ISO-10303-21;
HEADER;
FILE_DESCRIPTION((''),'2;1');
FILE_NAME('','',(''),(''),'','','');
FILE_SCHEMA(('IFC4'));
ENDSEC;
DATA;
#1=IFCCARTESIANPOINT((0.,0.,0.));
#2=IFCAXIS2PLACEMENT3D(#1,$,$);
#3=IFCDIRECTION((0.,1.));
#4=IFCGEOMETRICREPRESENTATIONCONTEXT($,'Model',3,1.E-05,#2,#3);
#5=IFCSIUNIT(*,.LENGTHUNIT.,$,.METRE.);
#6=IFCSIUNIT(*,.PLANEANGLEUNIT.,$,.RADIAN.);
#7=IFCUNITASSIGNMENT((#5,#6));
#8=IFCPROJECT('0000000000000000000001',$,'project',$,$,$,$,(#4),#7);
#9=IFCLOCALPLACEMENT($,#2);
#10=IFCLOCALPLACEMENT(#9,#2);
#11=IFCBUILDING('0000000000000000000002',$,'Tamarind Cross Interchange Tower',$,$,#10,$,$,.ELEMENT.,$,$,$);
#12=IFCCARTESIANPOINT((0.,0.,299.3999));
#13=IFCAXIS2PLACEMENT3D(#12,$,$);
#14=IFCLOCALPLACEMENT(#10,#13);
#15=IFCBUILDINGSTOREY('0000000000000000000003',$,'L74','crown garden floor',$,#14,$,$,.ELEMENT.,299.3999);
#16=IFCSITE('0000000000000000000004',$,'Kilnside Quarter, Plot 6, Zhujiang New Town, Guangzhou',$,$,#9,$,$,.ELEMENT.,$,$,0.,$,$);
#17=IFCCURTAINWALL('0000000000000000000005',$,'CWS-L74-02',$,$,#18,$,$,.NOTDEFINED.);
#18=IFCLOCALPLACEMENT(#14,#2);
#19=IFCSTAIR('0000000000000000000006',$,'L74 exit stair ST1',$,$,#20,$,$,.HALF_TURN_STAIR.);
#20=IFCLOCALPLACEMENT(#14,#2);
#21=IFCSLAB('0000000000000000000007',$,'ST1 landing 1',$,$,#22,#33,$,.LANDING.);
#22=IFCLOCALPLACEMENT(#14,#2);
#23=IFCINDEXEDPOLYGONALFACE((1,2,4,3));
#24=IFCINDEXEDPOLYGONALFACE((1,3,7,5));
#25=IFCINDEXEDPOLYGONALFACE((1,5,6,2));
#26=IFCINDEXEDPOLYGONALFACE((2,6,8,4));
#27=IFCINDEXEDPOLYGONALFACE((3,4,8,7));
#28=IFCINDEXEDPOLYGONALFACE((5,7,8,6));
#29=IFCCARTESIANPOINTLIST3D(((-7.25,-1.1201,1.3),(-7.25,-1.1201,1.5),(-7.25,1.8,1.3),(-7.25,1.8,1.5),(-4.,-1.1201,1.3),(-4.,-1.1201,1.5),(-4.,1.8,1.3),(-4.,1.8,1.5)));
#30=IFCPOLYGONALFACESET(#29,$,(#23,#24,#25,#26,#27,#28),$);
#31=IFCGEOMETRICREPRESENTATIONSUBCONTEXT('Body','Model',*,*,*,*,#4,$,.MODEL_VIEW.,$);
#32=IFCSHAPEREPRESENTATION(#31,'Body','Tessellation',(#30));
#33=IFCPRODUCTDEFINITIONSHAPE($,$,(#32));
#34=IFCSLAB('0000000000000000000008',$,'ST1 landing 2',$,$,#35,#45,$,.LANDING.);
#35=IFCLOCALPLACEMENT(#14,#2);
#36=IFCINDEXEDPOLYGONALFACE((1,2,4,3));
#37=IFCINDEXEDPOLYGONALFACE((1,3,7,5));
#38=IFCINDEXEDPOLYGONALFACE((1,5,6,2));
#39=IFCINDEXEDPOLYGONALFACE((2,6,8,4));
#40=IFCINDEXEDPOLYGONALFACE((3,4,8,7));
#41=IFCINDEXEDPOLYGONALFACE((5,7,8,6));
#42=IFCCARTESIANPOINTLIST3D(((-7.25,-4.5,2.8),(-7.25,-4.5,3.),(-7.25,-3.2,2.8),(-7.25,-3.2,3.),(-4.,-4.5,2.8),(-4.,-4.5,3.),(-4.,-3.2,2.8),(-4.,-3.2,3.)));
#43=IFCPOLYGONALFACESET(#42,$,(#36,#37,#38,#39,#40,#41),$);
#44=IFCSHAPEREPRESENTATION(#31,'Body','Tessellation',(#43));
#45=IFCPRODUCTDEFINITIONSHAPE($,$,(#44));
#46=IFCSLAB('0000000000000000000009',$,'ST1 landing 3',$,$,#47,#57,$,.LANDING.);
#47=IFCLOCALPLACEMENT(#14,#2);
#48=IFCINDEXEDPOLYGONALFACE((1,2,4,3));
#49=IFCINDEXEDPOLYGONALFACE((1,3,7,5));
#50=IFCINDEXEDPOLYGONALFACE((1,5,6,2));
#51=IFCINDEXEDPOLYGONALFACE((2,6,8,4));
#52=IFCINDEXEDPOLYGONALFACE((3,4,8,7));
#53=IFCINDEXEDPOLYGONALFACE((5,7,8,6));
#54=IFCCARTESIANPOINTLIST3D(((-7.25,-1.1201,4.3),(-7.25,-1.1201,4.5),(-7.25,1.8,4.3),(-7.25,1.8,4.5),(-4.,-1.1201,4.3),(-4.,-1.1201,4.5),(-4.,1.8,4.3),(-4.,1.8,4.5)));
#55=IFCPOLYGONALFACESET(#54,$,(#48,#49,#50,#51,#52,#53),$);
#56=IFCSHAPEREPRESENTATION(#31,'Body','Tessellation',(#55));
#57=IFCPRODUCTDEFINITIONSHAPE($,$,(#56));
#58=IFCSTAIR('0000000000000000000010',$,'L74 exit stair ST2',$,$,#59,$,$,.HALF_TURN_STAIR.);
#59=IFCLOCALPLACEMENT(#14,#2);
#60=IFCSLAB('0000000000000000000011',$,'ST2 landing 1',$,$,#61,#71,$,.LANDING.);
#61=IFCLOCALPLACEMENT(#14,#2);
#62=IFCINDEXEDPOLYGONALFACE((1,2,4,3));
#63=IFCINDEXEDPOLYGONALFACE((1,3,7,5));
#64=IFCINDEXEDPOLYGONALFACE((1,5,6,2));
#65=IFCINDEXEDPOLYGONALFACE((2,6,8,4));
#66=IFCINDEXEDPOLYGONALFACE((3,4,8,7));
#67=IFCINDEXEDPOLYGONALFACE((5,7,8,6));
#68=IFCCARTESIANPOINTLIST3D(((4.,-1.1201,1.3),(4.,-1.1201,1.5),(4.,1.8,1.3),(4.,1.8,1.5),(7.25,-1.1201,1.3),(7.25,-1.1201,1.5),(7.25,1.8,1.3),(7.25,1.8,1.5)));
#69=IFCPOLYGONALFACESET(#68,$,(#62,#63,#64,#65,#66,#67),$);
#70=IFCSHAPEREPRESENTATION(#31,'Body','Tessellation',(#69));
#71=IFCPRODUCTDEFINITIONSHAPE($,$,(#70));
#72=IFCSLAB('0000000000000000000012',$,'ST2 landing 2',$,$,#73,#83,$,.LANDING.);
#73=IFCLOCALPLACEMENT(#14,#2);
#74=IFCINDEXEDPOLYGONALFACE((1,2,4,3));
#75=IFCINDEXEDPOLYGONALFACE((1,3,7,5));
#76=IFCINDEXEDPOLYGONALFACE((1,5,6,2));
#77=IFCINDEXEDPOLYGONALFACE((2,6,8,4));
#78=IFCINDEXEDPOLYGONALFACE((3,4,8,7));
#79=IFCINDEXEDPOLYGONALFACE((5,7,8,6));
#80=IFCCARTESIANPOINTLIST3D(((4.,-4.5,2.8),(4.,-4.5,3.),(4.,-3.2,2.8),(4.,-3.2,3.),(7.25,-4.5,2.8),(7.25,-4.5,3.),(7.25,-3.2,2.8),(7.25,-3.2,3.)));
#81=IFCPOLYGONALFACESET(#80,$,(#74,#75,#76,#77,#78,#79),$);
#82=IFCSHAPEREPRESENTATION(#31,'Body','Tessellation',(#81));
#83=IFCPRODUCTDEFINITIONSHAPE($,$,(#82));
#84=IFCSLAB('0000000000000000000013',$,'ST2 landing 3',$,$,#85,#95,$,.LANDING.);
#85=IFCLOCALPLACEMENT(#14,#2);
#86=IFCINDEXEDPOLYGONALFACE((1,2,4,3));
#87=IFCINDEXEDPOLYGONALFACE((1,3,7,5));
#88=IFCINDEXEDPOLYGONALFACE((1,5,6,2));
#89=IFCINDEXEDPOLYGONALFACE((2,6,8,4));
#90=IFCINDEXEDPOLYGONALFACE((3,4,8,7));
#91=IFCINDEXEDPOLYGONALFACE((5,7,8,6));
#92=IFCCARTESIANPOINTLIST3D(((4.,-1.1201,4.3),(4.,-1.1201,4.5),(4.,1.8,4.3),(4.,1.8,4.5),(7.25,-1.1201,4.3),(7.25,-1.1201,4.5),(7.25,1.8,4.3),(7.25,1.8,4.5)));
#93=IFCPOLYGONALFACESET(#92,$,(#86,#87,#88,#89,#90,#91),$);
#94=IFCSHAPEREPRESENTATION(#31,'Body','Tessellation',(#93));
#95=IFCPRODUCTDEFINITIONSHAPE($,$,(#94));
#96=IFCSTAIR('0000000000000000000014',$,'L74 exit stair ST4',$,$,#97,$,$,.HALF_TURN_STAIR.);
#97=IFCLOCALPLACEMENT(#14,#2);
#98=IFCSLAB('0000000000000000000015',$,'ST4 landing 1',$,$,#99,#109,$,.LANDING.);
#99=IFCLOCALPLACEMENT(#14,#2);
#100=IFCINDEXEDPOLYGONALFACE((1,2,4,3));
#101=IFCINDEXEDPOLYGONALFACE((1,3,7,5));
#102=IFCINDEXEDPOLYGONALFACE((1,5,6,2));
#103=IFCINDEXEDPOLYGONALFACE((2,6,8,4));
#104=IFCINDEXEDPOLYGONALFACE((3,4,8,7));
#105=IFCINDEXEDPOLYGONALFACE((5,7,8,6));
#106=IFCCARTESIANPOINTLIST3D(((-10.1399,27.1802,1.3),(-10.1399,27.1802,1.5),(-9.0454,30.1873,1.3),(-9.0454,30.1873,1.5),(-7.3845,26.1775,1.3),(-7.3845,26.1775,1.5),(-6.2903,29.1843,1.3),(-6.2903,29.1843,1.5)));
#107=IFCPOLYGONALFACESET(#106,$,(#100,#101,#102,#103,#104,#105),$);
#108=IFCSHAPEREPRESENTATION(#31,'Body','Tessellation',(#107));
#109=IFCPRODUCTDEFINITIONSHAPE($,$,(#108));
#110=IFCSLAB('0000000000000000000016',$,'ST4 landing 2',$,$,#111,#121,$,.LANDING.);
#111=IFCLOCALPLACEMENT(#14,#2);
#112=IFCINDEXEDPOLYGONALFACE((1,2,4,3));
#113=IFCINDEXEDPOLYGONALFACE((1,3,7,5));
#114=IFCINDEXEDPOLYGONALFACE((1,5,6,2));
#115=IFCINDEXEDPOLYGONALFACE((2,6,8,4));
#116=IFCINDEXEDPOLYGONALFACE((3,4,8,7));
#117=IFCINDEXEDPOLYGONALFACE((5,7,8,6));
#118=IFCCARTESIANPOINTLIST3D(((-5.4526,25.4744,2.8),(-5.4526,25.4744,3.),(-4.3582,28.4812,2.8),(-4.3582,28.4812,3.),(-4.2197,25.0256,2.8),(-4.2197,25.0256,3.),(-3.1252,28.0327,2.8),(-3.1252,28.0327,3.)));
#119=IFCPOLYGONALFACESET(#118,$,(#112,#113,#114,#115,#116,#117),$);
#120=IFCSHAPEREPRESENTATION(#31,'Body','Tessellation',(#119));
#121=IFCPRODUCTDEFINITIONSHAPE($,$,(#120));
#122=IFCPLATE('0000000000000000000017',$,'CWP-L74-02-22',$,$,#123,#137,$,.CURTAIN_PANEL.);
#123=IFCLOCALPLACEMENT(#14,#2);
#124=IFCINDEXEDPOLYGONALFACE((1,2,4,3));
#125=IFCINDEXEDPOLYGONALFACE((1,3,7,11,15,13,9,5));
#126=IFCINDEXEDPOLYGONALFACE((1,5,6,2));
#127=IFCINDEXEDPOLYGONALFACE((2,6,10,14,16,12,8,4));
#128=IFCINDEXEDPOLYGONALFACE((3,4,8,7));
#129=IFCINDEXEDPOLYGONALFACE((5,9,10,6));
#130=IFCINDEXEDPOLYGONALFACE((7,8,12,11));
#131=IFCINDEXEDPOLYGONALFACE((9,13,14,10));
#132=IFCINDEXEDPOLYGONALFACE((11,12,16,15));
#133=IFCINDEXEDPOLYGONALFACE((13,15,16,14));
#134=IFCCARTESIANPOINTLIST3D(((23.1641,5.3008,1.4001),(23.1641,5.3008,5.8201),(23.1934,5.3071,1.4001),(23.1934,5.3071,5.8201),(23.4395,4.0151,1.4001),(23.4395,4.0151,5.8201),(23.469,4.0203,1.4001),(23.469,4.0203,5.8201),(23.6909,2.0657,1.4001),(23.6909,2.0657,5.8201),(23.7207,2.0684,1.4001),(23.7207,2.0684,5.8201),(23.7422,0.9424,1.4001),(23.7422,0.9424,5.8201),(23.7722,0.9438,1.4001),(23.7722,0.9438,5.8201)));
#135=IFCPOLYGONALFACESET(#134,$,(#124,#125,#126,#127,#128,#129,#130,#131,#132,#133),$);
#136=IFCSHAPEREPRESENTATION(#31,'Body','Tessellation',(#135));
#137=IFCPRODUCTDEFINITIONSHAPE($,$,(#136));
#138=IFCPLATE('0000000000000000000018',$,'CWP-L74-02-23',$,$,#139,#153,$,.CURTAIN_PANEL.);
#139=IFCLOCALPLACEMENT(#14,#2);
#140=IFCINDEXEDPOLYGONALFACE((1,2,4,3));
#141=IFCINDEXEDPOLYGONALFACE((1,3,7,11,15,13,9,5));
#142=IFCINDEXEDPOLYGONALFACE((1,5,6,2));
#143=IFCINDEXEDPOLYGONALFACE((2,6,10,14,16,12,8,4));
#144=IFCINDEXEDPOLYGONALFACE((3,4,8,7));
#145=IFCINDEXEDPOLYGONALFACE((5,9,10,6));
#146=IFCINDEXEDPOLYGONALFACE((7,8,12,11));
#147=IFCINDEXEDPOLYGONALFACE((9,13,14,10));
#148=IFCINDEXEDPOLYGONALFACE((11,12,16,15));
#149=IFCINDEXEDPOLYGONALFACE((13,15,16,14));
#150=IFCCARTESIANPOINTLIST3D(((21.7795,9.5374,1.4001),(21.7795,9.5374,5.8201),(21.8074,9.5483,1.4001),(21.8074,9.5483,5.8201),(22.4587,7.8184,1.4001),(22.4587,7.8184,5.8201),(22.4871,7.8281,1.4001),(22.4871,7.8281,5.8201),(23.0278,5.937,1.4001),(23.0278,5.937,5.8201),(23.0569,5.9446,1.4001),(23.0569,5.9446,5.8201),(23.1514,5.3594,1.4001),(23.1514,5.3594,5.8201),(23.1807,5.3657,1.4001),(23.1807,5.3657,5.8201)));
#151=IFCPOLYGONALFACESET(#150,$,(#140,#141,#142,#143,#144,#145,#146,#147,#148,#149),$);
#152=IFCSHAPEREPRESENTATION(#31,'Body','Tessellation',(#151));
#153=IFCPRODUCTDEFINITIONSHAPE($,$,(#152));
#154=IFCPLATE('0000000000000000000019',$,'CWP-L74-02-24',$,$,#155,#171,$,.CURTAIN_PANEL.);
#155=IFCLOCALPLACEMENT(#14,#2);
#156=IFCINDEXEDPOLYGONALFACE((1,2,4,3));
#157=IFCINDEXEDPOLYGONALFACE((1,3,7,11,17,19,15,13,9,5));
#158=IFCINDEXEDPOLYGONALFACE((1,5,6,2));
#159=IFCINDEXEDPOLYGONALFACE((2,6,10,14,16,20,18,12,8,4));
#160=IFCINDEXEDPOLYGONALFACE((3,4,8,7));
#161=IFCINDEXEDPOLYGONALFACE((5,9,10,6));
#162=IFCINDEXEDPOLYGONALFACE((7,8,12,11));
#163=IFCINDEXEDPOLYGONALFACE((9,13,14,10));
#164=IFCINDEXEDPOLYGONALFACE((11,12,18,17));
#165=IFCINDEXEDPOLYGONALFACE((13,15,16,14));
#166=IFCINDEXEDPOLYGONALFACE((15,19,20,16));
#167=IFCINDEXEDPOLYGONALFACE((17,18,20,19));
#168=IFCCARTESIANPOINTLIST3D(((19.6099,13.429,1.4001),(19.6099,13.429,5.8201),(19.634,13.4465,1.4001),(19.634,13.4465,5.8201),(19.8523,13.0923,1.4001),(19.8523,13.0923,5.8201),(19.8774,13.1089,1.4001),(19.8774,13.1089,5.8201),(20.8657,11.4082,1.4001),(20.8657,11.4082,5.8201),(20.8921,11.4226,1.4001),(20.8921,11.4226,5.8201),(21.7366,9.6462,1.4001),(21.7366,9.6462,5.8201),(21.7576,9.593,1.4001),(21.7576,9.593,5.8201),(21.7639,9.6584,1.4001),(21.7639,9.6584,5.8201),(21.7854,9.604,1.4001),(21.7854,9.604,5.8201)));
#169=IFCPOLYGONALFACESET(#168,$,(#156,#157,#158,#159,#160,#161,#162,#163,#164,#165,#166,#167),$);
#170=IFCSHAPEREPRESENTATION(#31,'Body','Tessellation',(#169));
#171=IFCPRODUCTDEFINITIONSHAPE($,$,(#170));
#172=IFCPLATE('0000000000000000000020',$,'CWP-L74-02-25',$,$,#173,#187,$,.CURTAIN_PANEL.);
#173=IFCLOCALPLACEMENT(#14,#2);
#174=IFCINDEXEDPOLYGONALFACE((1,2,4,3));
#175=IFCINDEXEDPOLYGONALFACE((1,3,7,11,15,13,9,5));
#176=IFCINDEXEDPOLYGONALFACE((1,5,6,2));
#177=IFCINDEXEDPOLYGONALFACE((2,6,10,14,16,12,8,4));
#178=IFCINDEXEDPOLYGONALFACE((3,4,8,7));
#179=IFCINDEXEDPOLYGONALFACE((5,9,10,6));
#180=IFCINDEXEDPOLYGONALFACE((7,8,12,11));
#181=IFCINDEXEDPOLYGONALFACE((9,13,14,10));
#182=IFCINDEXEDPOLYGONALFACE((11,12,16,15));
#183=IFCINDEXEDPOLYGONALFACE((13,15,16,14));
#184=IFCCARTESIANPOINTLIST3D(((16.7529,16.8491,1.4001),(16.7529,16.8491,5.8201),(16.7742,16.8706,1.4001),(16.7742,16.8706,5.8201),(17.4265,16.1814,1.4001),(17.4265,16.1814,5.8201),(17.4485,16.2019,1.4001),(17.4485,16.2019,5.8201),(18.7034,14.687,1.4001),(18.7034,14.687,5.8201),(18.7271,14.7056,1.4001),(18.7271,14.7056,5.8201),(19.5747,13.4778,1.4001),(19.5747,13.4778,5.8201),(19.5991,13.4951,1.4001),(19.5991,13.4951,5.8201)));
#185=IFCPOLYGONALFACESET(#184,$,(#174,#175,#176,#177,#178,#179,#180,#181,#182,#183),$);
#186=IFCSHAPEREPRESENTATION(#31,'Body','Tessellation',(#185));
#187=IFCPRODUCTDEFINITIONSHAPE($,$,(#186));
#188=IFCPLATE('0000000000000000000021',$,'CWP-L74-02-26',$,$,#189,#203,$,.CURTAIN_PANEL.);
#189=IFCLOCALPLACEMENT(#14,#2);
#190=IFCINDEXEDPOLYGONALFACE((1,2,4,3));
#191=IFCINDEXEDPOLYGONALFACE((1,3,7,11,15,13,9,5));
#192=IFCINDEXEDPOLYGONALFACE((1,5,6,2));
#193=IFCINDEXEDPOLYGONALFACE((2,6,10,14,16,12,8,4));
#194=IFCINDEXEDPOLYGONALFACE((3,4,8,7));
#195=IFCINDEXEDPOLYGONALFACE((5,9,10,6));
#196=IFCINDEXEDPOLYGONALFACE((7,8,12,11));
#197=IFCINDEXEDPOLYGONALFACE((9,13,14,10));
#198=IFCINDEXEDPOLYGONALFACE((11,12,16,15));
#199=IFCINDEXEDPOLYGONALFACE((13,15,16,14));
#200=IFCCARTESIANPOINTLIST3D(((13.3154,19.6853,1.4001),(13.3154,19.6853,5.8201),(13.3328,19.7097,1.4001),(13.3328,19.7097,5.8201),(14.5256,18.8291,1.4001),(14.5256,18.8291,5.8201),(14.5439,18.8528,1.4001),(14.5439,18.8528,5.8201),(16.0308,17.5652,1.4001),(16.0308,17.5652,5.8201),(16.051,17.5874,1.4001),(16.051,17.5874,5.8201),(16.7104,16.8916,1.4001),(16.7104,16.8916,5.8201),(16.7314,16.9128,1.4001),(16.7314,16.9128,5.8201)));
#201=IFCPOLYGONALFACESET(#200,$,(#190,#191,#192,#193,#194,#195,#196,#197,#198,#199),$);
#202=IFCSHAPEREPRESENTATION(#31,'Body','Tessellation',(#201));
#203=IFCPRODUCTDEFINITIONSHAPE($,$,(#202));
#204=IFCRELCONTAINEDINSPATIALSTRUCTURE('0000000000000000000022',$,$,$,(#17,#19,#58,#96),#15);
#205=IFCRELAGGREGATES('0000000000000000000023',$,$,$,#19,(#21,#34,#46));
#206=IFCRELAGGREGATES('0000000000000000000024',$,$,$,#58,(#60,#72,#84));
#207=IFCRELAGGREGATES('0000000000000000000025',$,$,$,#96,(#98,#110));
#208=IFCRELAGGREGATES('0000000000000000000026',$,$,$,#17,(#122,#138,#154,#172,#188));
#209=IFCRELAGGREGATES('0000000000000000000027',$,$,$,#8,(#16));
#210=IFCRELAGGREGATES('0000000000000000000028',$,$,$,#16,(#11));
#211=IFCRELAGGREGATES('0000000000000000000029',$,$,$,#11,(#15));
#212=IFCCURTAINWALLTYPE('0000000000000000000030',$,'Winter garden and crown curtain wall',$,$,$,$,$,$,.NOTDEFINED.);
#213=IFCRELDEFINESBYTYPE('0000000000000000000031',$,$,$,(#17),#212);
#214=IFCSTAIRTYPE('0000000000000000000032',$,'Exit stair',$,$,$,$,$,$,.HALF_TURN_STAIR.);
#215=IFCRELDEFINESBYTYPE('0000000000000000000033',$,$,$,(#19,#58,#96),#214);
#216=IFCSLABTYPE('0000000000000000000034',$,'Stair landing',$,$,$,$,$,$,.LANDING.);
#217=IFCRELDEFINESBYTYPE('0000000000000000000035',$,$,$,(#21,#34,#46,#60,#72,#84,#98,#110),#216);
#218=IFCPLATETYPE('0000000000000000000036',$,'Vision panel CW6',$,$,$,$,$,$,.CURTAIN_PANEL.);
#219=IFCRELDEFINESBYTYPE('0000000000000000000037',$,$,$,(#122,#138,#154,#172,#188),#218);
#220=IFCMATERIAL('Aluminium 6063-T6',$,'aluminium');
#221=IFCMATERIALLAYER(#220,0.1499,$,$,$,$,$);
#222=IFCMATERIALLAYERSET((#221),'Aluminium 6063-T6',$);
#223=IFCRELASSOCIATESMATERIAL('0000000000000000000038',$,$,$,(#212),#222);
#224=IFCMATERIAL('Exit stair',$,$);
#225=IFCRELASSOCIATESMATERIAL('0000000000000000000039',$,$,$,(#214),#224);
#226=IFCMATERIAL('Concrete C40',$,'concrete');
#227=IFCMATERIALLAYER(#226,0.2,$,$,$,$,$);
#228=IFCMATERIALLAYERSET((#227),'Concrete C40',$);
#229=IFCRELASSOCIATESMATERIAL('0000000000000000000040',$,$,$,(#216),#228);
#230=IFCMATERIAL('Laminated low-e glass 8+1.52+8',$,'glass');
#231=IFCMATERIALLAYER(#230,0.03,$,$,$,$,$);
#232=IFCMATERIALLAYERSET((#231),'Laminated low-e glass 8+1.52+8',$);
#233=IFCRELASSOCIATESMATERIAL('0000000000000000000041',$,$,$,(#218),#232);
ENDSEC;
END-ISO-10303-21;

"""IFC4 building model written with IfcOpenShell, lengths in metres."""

from ifc_helpers import new_model, si_unit, direction, frame, origin, place, context, subcontext, project, spatial, polyline, outline, extrude, material, layer, layer_set, type_object, element, aggregate, save


model = new_model("IFC4")

# Units and contexts
model_context = context("Model", 3, precision=1e-05, world=origin(), true_north=direction((0.0, 1.0)))
body_context = subcontext(model_context, "Body", "Model", "MODEL_VIEW")
ifc_project = project(units=[si_unit("LENGTHUNIT", "METRE"), si_unit("PLANEANGLEUNIT", "RADIAN")], contexts=[model_context])

# Site, building, storey
site_placement = place(None, origin())
site = spatial("IfcSite", under=ifc_project, at=site_placement, Name="Kilnside Quarter, Plot 6, Zhujiang New Town, Guangzhou", CompositionType="ELEMENT", RefElevation=0.0)
building_placement = place(site_placement, origin())
building = spatial("IfcBuilding", under=site, at=building_placement, Name="Tamarind Cross Interchange Tower", CompositionType="ELEMENT")
storey_placement = place(building_placement, frame((0.0, 0.0, 299.3999)))
storey = spatial("IfcBuildingStorey", under=building, at=storey_placement, Name="L74", Description="crown garden floor", CompositionType="ELEMENT", Elevation=299.3999)

# Curtain wall
ifc_material_1 = material(Name="Aluminium 6063-T6", Category="aluminium")
ifc_layer_1 = layer(ifc_material_1, 0.1499)
ifc_layer_set_1 = layer_set([ifc_layer_1], Name="Aluminium 6063-T6")
curtain_wall_type = type_object("IfcCurtainWallType", Name="Winter garden and crown curtain wall", PredefinedType="NOTDEFINED", material=ifc_layer_set_1)
curtain_wall_placement = place(storey_placement, origin())
curtain_wall = element("IfcCurtainWall", 1, at=curtain_wall_placement, inside=storey, type_object=curtain_wall_type, Name="CWS-L74-02", PredefinedType="NOTDEFINED")

# Stairs, slabs
ifc_material_2 = material(Name="Exit stair")
stair_type = type_object("IfcStairType", Name="Exit stair", PredefinedType="HALF_TURN_STAIR", material=ifc_material_2)
stair_1_placement = place(storey_placement, origin())
stair_1 = element("IfcStair", 2, at=stair_1_placement, inside=storey, type_object=stair_type, Name="L74 exit stair ST1", PredefinedType="HALF_TURN_STAIR")
ifc_material_3 = material(Name="Concrete C40", Category="concrete")
ifc_layer_2 = layer(ifc_material_3, 0.2)
ifc_layer_set_2 = layer_set([ifc_layer_2], Name="Concrete C40")
slab_type = type_object("IfcSlabType", Name="Stair landing", PredefinedType="LANDING", material=ifc_layer_set_2)
slab_1_placement = place(storey_placement, frame((0.0, 0.0, 1.3)))
slab_1 = element("IfcSlab", 3, at=slab_1_placement, type_object=slab_type, Name="ST1 landing 1", PredefinedType="LANDING", context=body_context, shape_type="SweptSolid", body=[
    extrude(outline(polyline([(-4.0, -1.1201), (-4.0, 1.8), (-7.25, 1.8), (-7.25, -1.1201), (-4.0, -1.1201)])), origin(), (0.0, 0.0, 1.0), 0.2),
])
slab_2_placement = place(storey_placement, frame((0.0, 0.0, 2.8)))
slab_2 = element("IfcSlab", 4, at=slab_2_placement, type_object=slab_type, Name="ST1 landing 2", PredefinedType="LANDING", context=body_context, shape_type="SweptSolid", body=[
    extrude(outline(polyline([(-4.0, -4.5), (-4.0, -3.2), (-7.25, -3.2), (-7.25, -4.5), (-4.0, -4.5)])), origin(), (0.0, 0.0, 1.0), 0.2),
])
slab_3_placement = place(storey_placement, frame((0.0, 0.0, 4.3)))
slab_3 = element("IfcSlab", 5, at=slab_3_placement, type_object=slab_type, Name="ST1 landing 3", PredefinedType="LANDING", context=body_context, shape_type="SweptSolid", body=[
    extrude(outline(polyline([(-4.0, -1.1201), (-4.0, 1.8), (-7.25, 1.8), (-7.25, -1.1201), (-4.0, -1.1201)])), origin(), (0.0, 0.0, 1.0), 0.2),
])
aggregate(stair_1, [slab_1, slab_2, slab_3])
stair_2_placement = place(storey_placement, origin())
stair_2 = element("IfcStair", 6, at=stair_2_placement, inside=storey, type_object=stair_type, Name="L74 exit stair ST2", PredefinedType="HALF_TURN_STAIR")
slab_4_placement = place(storey_placement, frame((0.0, 0.0, 1.3)))
slab_4 = element("IfcSlab", 7, at=slab_4_placement, type_object=slab_type, Name="ST2 landing 1", PredefinedType="LANDING", context=body_context, shape_type="SweptSolid", body=[
    extrude(outline(polyline([(7.25, -1.1201), (7.25, 1.8), (4.0, 1.8), (4.0, -1.1201), (7.25, -1.1201)])), origin(), (0.0, 0.0, 1.0), 0.2),
])
slab_5_placement = place(storey_placement, frame((0.0, 0.0, 2.8)))
slab_5 = element("IfcSlab", 8, at=slab_5_placement, type_object=slab_type, Name="ST2 landing 2", PredefinedType="LANDING", context=body_context, shape_type="SweptSolid", body=[
    extrude(outline(polyline([(7.25, -4.5), (7.25, -3.2), (4.0, -3.2), (4.0, -4.5), (7.25, -4.5)])), origin(), (0.0, 0.0, 1.0), 0.2),
])
slab_6_placement = place(storey_placement, frame((0.0, 0.0, 4.3)))
slab_6 = element("IfcSlab", 9, at=slab_6_placement, type_object=slab_type, Name="ST2 landing 3", PredefinedType="LANDING", context=body_context, shape_type="SweptSolid", body=[
    extrude(outline(polyline([(7.25, -1.1201), (7.25, 1.8), (4.0, 1.8), (4.0, -1.1201), (7.25, -1.1201)])), origin(), (0.0, 0.0, 1.0), 0.2),
])
aggregate(stair_2, [slab_4, slab_5, slab_6])
stair_3_placement = place(storey_placement, origin())
stair_3 = element("IfcStair", 10, at=stair_3_placement, inside=storey, type_object=stair_type, Name="L74 exit stair ST4", PredefinedType="HALF_TURN_STAIR")
slab_7_placement = place(storey_placement, frame((0.0, 0.0, 1.3)))
slab_7 = element("IfcSlab", 11, at=slab_7_placement, type_object=slab_type, Name="ST4 landing 1", PredefinedType="LANDING", context=body_context, shape_type="SweptSolid", body=[
    extrude(outline(polyline([(-6.2903, 29.1843), (-9.0454, 30.1873), (-10.1399, 27.1802), (-7.3845, 26.1775), (-6.2903, 29.1843)])), origin(), (0.0, 0.0, 1.0), 0.2),
])
slab_8_placement = place(storey_placement, frame((0.0, 0.0, 2.8)))
slab_8 = element("IfcSlab", 12, at=slab_8_placement, type_object=slab_type, Name="ST4 landing 2", PredefinedType="LANDING", context=body_context, shape_type="SweptSolid", body=[
    extrude(outline(polyline([(-3.1252, 28.0327), (-4.3582, 28.4812), (-5.4526, 25.4744), (-4.2197, 25.0256), (-3.1252, 28.0327)])), origin(), (0.0, 0.0, 1.0), 0.2),
])
aggregate(stair_3, [slab_7, slab_8])

# Plates
ifc_material_4 = material(Name="Laminated low-e glass 8+1.52+8", Category="glass")
ifc_layer_3 = layer(ifc_material_4, 0.03)
ifc_layer_set_3 = layer_set([ifc_layer_3], Name="Laminated low-e glass 8+1.52+8")
plate_type = type_object("IfcPlateType", Name="Vision panel CW6", PredefinedType="CURTAIN_PANEL", material=ifc_layer_set_3)
plate_1_placement = place(storey_placement, frame((0.0, 0.0, 1.4001)))
plate_1 = element("IfcPlate", 13, at=plate_1_placement, type_object=plate_type, Name="CWP-L74-02-22", PredefinedType="CURTAIN_PANEL", context=body_context, shape_type="SweptSolid", body=[
    extrude(outline(polyline([(23.7422, 0.9424), (23.6909, 2.0657), (23.4395, 4.0151), (23.1641, 5.3008), (23.1934, 5.3071), (23.469, 4.0203), (23.7207, 2.0684), (23.7722, 0.9438), (23.7422, 0.9424)])), origin(), (0.0, 0.0, 1.0), 4.4199),
])
plate_2_placement = place(storey_placement, frame((0.0, 0.0, 1.4001)))
plate_2 = element("IfcPlate", 14, at=plate_2_placement, type_object=plate_type, Name="CWP-L74-02-23", PredefinedType="CURTAIN_PANEL", context=body_context, shape_type="SweptSolid", body=[
    extrude(outline(polyline([(23.1514, 5.3594), (23.0278, 5.937), (22.4587, 7.8184), (21.7795, 9.5374), (21.8074, 9.5483), (22.4871, 7.8281), (23.0569, 5.9446), (23.1807, 5.3657), (23.1514, 5.3594)])), origin(), (0.0, 0.0, 1.0), 4.4199),
])
plate_3_placement = place(storey_placement, frame((0.0, 0.0, 1.4001)))
plate_3 = element("IfcPlate", 15, at=plate_3_placement, type_object=plate_type, Name="CWP-L74-02-24", PredefinedType="CURTAIN_PANEL", context=body_context, shape_type="SweptSolid", body=[
    extrude(outline(polyline([(21.7576, 9.593), (21.7366, 9.6462), (20.8657, 11.4082), (19.8523, 13.0923), (19.6099, 13.429), (19.634, 13.4465), (19.8774, 13.1089), (20.8921, 11.4226), (21.7639, 9.6584), (21.7854, 9.604), (21.7576, 9.593)])), origin(), (0.0, 0.0, 1.0), 4.4199),
])
plate_4_placement = place(storey_placement, frame((0.0, 0.0, 1.4001)))
plate_4 = element("IfcPlate", 16, at=plate_4_placement, type_object=plate_type, Name="CWP-L74-02-25", PredefinedType="CURTAIN_PANEL", context=body_context, shape_type="SweptSolid", body=[
    extrude(outline(polyline([(19.5747, 13.4778), (18.7034, 14.687), (17.4265, 16.1814), (16.7529, 16.8491), (16.7742, 16.8706), (17.4485, 16.2019), (18.7271, 14.7056), (19.5991, 13.4951), (19.5747, 13.4778)])), origin(), (0.0, 0.0, 1.0), 4.4199),
])
plate_5_placement = place(storey_placement, frame((0.0, 0.0, 1.4001)))
plate_5 = element("IfcPlate", 17, at=plate_5_placement, type_object=plate_type, Name="CWP-L74-02-26", PredefinedType="CURTAIN_PANEL", context=body_context, shape_type="SweptSolid", body=[
    extrude(outline(polyline([(16.7104, 16.8916), (16.0308, 17.5652), (14.5256, 18.8291), (13.3154, 19.6853), (13.3328, 19.7097), (14.5439, 18.8528), (16.051, 17.5874), (16.7314, 16.9128), (16.7104, 16.8916)])), origin(), (0.0, 0.0, 1.0), 4.4199),
])
aggregate(curtain_wall, [plate_1, plate_2, plate_3, plate_4, plate_5])

save(model, "model.ifc")
